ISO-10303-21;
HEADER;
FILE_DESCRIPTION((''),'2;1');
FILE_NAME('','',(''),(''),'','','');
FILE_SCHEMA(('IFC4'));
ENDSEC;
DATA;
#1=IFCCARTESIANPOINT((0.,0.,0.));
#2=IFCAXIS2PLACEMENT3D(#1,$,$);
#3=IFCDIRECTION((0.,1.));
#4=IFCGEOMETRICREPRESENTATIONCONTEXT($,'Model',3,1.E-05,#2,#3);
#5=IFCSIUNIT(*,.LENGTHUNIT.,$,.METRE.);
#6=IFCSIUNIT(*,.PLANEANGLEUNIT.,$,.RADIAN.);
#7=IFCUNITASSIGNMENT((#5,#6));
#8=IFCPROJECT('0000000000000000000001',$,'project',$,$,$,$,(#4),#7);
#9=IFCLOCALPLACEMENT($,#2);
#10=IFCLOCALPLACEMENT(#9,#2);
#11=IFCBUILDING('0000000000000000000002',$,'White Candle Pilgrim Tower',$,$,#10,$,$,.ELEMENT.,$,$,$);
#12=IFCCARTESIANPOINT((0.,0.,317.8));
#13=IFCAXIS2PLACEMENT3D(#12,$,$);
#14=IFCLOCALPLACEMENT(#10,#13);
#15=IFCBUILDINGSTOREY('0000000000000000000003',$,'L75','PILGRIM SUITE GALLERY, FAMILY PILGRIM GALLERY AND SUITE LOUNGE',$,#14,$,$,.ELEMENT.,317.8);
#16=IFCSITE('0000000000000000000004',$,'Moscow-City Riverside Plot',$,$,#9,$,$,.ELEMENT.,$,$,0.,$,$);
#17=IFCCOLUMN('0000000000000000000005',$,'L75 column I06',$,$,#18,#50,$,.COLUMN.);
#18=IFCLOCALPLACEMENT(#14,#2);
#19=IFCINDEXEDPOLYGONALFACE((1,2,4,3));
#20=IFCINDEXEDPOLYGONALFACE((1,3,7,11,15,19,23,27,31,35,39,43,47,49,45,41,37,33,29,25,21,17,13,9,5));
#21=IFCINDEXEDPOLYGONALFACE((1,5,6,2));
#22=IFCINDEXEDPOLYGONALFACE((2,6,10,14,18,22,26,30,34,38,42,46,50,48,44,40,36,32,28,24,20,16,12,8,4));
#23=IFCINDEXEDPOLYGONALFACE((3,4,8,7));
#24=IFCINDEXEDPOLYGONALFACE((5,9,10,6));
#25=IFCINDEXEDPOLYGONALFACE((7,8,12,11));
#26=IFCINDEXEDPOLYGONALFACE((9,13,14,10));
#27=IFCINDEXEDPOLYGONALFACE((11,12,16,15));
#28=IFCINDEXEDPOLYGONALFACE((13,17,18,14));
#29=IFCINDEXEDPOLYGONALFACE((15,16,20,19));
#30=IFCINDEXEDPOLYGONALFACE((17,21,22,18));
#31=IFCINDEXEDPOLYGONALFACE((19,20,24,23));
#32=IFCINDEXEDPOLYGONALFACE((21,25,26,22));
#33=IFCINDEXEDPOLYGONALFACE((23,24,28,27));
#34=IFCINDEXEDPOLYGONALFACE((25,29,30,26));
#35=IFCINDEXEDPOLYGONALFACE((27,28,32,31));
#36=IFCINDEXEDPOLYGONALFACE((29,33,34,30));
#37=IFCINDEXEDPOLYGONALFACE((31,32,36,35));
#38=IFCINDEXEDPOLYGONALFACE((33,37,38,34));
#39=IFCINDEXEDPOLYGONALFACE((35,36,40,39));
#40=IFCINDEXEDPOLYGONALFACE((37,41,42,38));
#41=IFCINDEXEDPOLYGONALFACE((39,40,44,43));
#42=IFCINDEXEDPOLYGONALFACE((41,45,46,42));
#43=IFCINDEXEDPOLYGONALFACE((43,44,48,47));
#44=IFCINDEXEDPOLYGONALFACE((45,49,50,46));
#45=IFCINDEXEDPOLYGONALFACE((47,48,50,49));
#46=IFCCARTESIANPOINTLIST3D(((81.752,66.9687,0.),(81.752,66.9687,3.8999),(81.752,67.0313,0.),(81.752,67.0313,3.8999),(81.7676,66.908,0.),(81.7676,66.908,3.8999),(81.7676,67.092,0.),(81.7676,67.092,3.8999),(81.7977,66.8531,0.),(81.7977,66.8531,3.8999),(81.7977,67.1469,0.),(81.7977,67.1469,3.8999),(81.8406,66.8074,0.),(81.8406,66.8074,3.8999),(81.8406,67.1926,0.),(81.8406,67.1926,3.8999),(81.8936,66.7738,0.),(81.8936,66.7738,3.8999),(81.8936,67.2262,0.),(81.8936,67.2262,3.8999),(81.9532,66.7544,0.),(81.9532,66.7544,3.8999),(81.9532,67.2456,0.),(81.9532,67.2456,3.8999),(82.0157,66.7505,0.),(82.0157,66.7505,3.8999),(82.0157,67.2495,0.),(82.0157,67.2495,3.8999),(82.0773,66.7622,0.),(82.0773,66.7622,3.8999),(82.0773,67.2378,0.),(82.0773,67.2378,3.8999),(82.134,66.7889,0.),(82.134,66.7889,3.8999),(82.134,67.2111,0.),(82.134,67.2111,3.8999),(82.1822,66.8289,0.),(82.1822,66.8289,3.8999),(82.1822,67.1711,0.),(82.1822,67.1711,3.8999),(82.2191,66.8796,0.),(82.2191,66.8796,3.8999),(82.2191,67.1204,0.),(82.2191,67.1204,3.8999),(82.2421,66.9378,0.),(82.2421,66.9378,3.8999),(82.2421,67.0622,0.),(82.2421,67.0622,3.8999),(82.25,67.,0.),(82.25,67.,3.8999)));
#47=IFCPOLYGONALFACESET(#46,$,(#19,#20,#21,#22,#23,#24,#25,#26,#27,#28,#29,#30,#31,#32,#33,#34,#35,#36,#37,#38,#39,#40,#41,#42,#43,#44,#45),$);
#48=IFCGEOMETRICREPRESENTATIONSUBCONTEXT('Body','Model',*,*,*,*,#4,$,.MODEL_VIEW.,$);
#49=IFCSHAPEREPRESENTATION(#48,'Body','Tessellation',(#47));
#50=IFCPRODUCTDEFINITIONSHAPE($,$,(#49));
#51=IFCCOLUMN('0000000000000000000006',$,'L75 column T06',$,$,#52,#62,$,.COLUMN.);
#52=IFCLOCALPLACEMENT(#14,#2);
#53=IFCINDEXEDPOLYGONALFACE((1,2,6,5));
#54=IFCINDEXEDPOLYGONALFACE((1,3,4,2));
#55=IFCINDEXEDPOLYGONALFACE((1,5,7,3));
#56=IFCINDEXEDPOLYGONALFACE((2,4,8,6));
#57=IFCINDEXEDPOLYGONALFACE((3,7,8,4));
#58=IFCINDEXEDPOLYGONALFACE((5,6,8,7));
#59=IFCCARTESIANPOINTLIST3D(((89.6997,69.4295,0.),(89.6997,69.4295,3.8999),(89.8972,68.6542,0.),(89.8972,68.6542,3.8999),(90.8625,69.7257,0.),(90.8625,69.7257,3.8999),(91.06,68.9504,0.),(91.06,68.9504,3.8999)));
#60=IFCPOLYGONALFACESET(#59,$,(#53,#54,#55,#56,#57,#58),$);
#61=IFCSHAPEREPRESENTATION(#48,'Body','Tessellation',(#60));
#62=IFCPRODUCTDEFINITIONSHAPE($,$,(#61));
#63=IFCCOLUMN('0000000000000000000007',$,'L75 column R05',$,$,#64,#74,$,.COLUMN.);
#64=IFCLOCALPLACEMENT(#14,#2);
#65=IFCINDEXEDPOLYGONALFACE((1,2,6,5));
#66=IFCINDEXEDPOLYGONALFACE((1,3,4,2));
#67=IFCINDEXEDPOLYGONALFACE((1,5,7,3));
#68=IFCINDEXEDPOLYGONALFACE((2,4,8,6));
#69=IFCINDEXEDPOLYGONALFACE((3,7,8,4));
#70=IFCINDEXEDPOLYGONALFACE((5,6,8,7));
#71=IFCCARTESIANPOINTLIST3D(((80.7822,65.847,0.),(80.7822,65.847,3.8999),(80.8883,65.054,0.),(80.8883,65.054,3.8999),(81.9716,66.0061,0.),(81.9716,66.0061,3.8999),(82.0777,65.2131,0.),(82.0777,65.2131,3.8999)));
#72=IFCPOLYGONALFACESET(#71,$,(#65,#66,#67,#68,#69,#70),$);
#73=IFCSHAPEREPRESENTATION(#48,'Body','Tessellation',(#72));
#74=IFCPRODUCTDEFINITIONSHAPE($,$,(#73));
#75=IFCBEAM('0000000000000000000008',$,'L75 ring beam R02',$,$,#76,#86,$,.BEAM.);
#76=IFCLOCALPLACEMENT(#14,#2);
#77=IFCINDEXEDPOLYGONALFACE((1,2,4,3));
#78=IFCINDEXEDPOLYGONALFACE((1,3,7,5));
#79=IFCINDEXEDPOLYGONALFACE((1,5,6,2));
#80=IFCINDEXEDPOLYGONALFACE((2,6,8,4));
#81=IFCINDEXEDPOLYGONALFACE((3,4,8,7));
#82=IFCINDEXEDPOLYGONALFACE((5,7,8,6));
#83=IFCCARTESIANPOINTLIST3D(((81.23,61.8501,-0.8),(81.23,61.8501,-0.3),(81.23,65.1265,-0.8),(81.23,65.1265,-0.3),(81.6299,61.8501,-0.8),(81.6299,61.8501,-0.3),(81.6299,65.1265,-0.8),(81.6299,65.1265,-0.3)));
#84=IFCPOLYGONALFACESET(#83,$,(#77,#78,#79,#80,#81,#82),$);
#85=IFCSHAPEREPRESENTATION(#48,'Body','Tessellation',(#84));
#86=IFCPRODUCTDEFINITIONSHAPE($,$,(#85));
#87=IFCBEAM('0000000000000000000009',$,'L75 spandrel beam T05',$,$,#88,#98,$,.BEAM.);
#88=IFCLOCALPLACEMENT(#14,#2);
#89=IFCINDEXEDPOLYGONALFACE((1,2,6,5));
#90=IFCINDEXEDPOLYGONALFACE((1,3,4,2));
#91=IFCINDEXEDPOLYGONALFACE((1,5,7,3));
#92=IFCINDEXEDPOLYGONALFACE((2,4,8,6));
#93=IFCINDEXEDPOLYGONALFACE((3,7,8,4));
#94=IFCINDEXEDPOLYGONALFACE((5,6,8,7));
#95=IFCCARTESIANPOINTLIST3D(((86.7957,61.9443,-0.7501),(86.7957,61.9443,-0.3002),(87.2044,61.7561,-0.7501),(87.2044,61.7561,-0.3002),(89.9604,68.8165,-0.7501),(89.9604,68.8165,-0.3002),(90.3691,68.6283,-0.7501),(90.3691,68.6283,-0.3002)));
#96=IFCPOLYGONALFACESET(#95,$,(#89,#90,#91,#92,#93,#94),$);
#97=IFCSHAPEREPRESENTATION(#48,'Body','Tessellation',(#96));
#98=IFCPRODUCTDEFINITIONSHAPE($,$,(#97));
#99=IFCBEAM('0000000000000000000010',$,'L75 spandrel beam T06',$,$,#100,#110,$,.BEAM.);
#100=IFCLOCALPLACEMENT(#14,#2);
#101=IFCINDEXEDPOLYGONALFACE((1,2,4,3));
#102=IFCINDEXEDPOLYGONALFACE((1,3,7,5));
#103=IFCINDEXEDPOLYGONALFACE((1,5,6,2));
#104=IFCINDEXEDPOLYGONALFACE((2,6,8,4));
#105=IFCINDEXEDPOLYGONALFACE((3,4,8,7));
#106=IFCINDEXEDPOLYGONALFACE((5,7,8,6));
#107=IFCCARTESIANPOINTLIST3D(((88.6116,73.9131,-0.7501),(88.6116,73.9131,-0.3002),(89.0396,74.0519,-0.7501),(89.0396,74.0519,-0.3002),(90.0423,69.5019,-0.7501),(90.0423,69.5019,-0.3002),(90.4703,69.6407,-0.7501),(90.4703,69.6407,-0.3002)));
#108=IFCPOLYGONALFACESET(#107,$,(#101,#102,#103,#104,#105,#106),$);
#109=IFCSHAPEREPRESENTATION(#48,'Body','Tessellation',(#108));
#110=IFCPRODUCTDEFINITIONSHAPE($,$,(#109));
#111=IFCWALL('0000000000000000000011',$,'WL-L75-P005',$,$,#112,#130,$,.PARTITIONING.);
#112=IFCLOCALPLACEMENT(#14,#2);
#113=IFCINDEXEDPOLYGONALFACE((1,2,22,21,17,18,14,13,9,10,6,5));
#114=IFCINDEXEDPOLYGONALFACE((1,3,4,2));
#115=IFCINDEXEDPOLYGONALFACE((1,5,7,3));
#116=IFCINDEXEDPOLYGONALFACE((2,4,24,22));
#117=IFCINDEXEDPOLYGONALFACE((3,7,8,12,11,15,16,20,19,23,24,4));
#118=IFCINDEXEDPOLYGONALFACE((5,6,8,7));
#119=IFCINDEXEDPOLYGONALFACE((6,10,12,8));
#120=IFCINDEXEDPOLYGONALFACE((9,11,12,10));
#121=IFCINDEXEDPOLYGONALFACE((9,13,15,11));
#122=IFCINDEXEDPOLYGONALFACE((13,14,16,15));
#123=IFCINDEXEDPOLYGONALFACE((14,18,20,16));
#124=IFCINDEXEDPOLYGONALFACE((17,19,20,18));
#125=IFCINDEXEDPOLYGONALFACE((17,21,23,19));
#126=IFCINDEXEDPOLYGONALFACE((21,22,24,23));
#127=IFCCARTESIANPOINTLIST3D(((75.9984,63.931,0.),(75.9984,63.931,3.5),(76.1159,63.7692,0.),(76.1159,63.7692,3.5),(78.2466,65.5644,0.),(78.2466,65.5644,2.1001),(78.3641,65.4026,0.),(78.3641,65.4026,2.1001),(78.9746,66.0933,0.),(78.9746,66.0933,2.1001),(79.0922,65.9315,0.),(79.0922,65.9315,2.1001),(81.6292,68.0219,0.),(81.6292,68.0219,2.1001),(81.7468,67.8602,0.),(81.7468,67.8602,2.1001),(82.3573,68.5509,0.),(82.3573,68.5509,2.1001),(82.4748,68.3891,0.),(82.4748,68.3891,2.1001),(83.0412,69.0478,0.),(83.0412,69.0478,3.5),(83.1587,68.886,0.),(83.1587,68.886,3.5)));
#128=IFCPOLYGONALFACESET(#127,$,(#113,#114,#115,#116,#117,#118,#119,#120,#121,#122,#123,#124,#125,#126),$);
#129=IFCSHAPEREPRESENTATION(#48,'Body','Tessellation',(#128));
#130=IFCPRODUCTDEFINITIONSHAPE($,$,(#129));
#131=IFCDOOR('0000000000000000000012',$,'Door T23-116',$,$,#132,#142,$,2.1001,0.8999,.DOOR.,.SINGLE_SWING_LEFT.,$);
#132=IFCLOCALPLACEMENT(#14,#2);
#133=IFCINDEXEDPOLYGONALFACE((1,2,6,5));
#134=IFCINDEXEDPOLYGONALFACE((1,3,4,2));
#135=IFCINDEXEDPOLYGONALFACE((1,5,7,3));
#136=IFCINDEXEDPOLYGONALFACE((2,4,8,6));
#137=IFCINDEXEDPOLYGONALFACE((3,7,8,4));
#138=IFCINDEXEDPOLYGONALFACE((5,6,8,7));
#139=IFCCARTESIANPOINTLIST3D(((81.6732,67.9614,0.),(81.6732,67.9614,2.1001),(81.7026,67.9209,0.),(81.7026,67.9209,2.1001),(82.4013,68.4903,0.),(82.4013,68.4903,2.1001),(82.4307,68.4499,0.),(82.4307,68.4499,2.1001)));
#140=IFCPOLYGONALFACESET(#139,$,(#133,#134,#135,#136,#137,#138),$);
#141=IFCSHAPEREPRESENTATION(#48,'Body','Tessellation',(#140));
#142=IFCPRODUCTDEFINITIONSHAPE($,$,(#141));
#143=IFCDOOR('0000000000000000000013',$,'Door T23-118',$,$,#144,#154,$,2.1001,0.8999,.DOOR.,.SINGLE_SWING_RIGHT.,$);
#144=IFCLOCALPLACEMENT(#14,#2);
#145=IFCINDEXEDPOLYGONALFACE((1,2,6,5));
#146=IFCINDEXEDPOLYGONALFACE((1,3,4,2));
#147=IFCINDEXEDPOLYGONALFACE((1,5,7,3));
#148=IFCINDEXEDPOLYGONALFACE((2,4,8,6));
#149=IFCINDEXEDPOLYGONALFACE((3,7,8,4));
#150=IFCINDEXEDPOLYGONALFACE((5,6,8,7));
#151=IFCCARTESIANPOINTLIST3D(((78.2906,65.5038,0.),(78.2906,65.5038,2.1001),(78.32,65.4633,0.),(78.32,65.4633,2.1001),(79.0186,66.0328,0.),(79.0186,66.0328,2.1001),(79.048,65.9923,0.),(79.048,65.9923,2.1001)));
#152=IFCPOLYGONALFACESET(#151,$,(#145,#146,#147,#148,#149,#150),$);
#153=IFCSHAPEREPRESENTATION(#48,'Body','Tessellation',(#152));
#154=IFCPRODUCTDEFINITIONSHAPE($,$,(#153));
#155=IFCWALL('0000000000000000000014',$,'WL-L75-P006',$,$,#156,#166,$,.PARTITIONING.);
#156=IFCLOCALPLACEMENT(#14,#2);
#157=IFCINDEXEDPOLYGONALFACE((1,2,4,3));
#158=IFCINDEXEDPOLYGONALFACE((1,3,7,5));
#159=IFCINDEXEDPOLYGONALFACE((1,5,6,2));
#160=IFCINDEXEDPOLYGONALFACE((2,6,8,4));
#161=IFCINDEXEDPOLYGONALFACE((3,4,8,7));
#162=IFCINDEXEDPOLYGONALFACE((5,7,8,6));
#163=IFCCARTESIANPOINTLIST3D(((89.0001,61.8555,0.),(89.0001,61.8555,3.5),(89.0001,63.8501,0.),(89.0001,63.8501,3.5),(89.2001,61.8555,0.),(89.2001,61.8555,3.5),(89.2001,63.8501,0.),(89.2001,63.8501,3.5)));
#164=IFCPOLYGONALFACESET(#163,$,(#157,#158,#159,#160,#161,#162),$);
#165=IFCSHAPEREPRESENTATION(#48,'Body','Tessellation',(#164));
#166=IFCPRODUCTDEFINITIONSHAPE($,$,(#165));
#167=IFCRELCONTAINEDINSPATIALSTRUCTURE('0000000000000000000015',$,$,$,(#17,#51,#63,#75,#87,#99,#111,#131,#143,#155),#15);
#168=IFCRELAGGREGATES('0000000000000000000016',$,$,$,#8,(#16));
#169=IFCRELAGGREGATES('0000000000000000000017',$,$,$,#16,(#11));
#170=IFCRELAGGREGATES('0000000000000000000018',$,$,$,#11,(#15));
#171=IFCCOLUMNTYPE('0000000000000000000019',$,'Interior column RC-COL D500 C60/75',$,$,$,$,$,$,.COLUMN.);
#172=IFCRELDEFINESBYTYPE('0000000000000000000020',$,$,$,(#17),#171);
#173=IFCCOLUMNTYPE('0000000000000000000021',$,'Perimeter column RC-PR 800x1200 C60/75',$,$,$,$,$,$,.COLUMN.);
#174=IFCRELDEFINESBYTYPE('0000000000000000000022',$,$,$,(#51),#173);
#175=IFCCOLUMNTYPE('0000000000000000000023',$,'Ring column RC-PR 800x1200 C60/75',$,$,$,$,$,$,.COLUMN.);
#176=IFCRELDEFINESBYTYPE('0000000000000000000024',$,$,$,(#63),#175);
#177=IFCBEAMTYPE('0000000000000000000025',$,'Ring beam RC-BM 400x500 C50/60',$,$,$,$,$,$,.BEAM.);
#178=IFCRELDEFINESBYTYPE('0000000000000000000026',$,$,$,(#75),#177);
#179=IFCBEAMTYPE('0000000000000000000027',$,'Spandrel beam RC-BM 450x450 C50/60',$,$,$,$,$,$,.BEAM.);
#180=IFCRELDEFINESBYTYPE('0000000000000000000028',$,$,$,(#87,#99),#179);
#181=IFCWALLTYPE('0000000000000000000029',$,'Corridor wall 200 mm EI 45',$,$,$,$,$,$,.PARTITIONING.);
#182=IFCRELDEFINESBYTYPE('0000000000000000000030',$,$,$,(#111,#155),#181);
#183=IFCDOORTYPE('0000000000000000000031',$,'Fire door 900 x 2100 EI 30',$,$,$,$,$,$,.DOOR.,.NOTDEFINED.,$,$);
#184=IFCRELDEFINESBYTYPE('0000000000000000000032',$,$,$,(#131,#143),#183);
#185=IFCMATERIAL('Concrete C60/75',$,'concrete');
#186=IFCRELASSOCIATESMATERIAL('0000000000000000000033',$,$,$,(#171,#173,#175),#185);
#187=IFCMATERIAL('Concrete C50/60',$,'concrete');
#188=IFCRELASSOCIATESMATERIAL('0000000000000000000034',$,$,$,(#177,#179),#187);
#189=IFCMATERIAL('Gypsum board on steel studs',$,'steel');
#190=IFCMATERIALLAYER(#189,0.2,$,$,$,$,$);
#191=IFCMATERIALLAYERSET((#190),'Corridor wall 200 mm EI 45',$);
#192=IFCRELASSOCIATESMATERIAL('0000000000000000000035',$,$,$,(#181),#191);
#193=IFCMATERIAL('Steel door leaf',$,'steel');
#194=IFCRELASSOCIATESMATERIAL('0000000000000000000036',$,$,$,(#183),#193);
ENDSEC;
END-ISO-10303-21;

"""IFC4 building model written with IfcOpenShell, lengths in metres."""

from ifc_helpers import new_model, si_unit, direction, frame, frame_2d, origin, origin_2d, place, context, subcontext, project, spatial, rectangle, circle, extrude, material, layer, layer_set, material_profile, profile_set, type_object, element, fill, save


model = new_model("IFC4")

# Units and contexts
model_context = context("Model", 3, precision=1e-05, world=origin(), true_north=direction((0.0, 1.0)))
body_context = subcontext(model_context, "Body", "Model", "MODEL_VIEW")
ifc_project = project(units=[si_unit("LENGTHUNIT", "METRE"), si_unit("PLANEANGLEUNIT", "RADIAN")], contexts=[model_context])

# Site, building, storey
site_placement = place(None, origin())
site = spatial("IfcSite", under=ifc_project, at=site_placement, Name="Moscow-City Riverside Plot", CompositionType="ELEMENT", RefElevation=0.0)
building_placement = place(site_placement, origin())
building = spatial("IfcBuilding", under=site, at=building_placement, Name="White Candle Pilgrim Tower", CompositionType="ELEMENT")
storey_placement = place(building_placement, frame((0.0, 0.0, 317.8)))
storey = spatial("IfcBuildingStorey", under=building, at=storey_placement, Name="L75", Description="PILGRIM SUITE GALLERY, FAMILY PILGRIM GALLERY AND SUITE LOUNGE", CompositionType="ELEMENT", Elevation=317.8)

# Columns
ifc_material_1 = material(Name="Concrete C60/75", Category="concrete")
ifc_material_profile_1 = material_profile(ifc_material_1, circle(Radius=0.25, at=origin_2d()), Name="RC-COL D500")
ifc_profile_set_1 = profile_set([ifc_material_profile_1], Name="Concrete C60/75")
column_type_1 = type_object("IfcColumnType", Name="Interior column RC-COL D500 C60/75", PredefinedType="COLUMN", material=ifc_profile_set_1)
column_1_placement = place(storey_placement, frame((82.0, 67.0, 0.0), z_axis=(0.0, 0.0, 1.0), x_axis=(1.0, 0.0, 0.0)))
element("IfcColumn", 1, at=column_1_placement, inside=storey, type_object=column_type_1, Name="L75 column I06", PredefinedType="COLUMN", context=body_context, shape_type="SweptSolid", body=[
    extrude(circle(Radius=0.25, at=origin_2d()), origin(), (0.0, 0.0, 1.0), 3.8999),
])
ifc_material_profile_2 = material_profile(ifc_material_1, rectangle(XDim=0.8, YDim=1.2, at=origin_2d()), Name="RC-PR 800x1200")
ifc_profile_set_2 = profile_set([ifc_material_profile_2], Name="Concrete C60/75")
column_type_2 = type_object("IfcColumnType", Name="Perimeter column RC-PR 800x1200 C60/75", PredefinedType="COLUMN", material=ifc_profile_set_2)
column_2_placement = place(storey_placement, frame((90.3799, 69.1899, 0.0), z_axis=(0.0, 0.0, 1.0), x_axis=(0.246881, -0.969046, 0.0)))
element("IfcColumn", 2, at=column_2_placement, inside=storey, type_object=column_type_2, Name="L75 column T06", PredefinedType="COLUMN", context=body_context, shape_type="SweptSolid", body=[
    extrude(rectangle(XDim=0.8, YDim=1.2, at=origin_2d()), origin(), (0.0, 0.0, 1.0), 3.8999),
])
ifc_material_profile_3 = material_profile(ifc_material_1, rectangle(XDim=0.8, YDim=1.2, at=origin_2d()), Name="RC-PR 800x1200")
ifc_profile_set_3 = profile_set([ifc_material_profile_3], Name="Concrete C60/75")
column_type_3 = type_object("IfcColumnType", Name="Ring column RC-PR 800x1200 C60/75", PredefinedType="COLUMN", material=ifc_profile_set_3)
column_3_placement = place(storey_placement, frame((81.4299, 65.53, 0.0), z_axis=(0.0, 0.0, 1.0), x_axis=(0.132602, -0.991169, 0.0)))
element("IfcColumn", 3, at=column_3_placement, inside=storey, type_object=column_type_3, Name="L75 column R05", PredefinedType="COLUMN", context=body_context, shape_type="SweptSolid", body=[
    extrude(rectangle(XDim=0.8, YDim=1.2, at=origin_2d()), origin(), (0.0, 0.0, 1.0), 3.8999),
])

# Beams
ifc_material_2 = material(Name="Concrete C50/60", Category="concrete")
ifc_material_profile_4 = material_profile(ifc_material_2, rectangle(XDim=0.3999, YDim=0.5, at=origin_2d()), Name="RC-BM 400x500")
ifc_profile_set_4 = profile_set([ifc_material_profile_4], Name="Concrete C50/60")
beam_type_1 = type_object("IfcBeamType", Name="Ring beam RC-BM 400x500 C50/60", PredefinedType="BEAM", material=ifc_profile_set_4)
beam_1_placement = place(storey_placement, frame((81.4299, 65.1265, -0.55), z_axis=(0.0, -1.0, 0.0), x_axis=(1.0, 0.0, 0.0)))
element("IfcBeam", 4, at=beam_1_placement, inside=storey, type_object=beam_type_1, Name="L75 ring beam R02", PredefinedType="BEAM", context=body_context, shape_type="SweptSolid", body=[
    extrude(rectangle(XDim=0.3999, YDim=0.5, at=origin_2d()), origin(), (0.0, 0.0, 1.0), 3.2764),
])
ifc_material_profile_5 = material_profile(ifc_material_2, rectangle(XDim=0.45, YDim=0.45, at=origin_2d()), Name="RC-BM 450x450")
ifc_profile_set_5 = profile_set([ifc_material_profile_5], Name="Concrete C50/60")
beam_type_2 = type_object("IfcBeamType", Name="Spandrel beam RC-BM 450x450 C50/60", PredefinedType="BEAM", material=ifc_profile_set_5)
beam_2_placement = place(storey_placement, frame((90.1648, 68.7224, -0.5251), z_axis=(-0.418291, -0.908313, 0.0), x_axis=(0.908313, -0.418291, 0.0)))
element("IfcBeam", 5, at=beam_2_placement, inside=storey, type_object=beam_type_2, Name="L75 spandrel beam T05", PredefinedType="BEAM", context=body_context, shape_type="SweptSolid", body=[
    extrude(rectangle(XDim=0.45, YDim=0.45, at=origin_2d()), origin(), (0.0, 0.0, 1.0), 7.5659),
])
beam_3_placement = place(storey_placement, frame((90.2563, 69.5713, -0.5251), z_axis=(-0.30851, 0.951221, 0.0), x_axis=(-0.951221, -0.30851, 0.0)))
element("IfcBeam", 6, at=beam_3_placement, inside=storey, type_object=beam_type_2, Name="L75 spandrel beam T06", PredefinedType="BEAM", context=body_context, shape_type="SweptSolid", body=[
    extrude(rectangle(XDim=0.45, YDim=0.45, at=origin_2d()), origin(), (0.0, 0.0, 1.0), 4.6375),
])

# Wall, openings, doors
ifc_material_3 = material(Name="Gypsum board on steel studs", Category="steel")
ifc_layer_1 = layer(ifc_material_3, 0.2)
ifc_layer_set_1 = layer_set([ifc_layer_1], Name="Corridor wall 200 mm EI 45")
wall_type_1 = type_object("IfcWallType", Name="Corridor wall 200 mm EI 45", PredefinedType="PARTITIONING", material=ifc_layer_set_1)
wall_1_placement = place(storey_placement, frame((83.0999, 68.9668, 0.0), z_axis=(0.0, 0.0, 1.0), x_axis=(-0.809025, -0.587775, 0.0)))
wall_1 = element("IfcWall", 7, at=wall_1_placement, inside=storey, type_object=wall_type_1, Name="WL-L75-P005", PredefinedType="PARTITIONING", context=body_context, shape_type="SweptSolid", body=[
    extrude(rectangle(XDim=8.7053, YDim=0.2, at=frame_2d((4.3525, 0.0))), origin(), (0.0, 0.0, 1.0), 3.5),
])
opening_1_placement = place(wall_1_placement, frame((0.8452, 0.0, 0.0)))
opening_1 = element("IfcOpeningElement", 8, at=opening_1_placement, cuts=wall_1, PredefinedType="OPENING", context=body_context, shape_type="SweptSolid", body=[
    extrude(rectangle(XDim=0.8999, YDim=2.1001, at=frame_2d((0.45, 1.05))), frame((0.0, 0.1099, 0.0), z_axis=(0.0, -1.0, 0.0), x_axis=(1.0, 0.0, 0.0)), (0.0, 0.0, 1.0), 0.22),
])
opening_2_placement = place(wall_1_placement, frame((5.0264, 0.0, 0.0)))
opening_2 = element("IfcOpeningElement", 9, at=opening_2_placement, cuts=wall_1, PredefinedType="OPENING", context=body_context, shape_type="SweptSolid", body=[
    extrude(rectangle(XDim=0.8999, YDim=2.1001, at=frame_2d((0.45, 1.05))), frame((0.0, 0.1099, 0.0), z_axis=(0.0, -1.0, 0.0), x_axis=(1.0, 0.0, 0.0)), (0.0, 0.0, 1.0), 0.22),
])
ifc_material_4 = material(Name="Steel door leaf", Category="steel")
door_type_1 = type_object("IfcDoorType", Name="Fire door 900 x 2100 EI 30", OperationType="NOTDEFINED", PredefinedType="DOOR", material=ifc_material_4)
door_1_placement = place(opening_1_placement, origin())
door_1 = element("IfcDoor", 10, at=door_1_placement, inside=storey, type_object=door_type_1, Name="Door T23-116", OperationType="SINGLE_SWING_LEFT", OverallHeight=2.1001, OverallWidth=0.8999, PredefinedType="DOOR", context=body_context, shape_type="SweptSolid", body=[
    extrude(rectangle(XDim=0.8999, YDim=2.1001, at=frame_2d((0.45, 1.05))), frame((0.0, 0.0249, 0.0), z_axis=(0.0, -1.0, 0.0), x_axis=(1.0, 0.0, 0.0)), (0.0, 0.0, 1.0), 0.05),
])
fill(opening_1, door_1)
door_2_placement = place(opening_2_placement, origin())
door_2 = element("IfcDoor", 11, at=door_2_placement, inside=storey, type_object=door_type_1, Name="Door T23-118", OperationType="SINGLE_SWING_RIGHT", OverallHeight=2.1001, OverallWidth=0.8999, PredefinedType="DOOR", context=body_context, shape_type="SweptSolid", body=[
    extrude(rectangle(XDim=0.8999, YDim=2.1001, at=frame_2d((0.45, 1.05))), frame((0.0, 0.0249, 0.0), z_axis=(0.0, -1.0, 0.0), x_axis=(1.0, 0.0, 0.0)), (0.0, 0.0, 1.0), 0.05),
])
fill(opening_2, door_2)

# Wall
wall_2_placement = place(storey_placement, frame((89.1001, 63.8501, 0.0), z_axis=(0.0, 0.0, 1.0), x_axis=(0.0, -1.0, 0.0)))
element("IfcWall", 12, at=wall_2_placement, inside=storey, type_object=wall_type_1, Name="WL-L75-P006", PredefinedType="PARTITIONING", context=body_context, shape_type="SweptSolid", body=[
    extrude(rectangle(XDim=1.9946, YDim=0.2, at=frame_2d((0.9973, 0.0))), origin(), (0.0, 0.0, 1.0), 3.5),
])

save(model, "model.ifc")
